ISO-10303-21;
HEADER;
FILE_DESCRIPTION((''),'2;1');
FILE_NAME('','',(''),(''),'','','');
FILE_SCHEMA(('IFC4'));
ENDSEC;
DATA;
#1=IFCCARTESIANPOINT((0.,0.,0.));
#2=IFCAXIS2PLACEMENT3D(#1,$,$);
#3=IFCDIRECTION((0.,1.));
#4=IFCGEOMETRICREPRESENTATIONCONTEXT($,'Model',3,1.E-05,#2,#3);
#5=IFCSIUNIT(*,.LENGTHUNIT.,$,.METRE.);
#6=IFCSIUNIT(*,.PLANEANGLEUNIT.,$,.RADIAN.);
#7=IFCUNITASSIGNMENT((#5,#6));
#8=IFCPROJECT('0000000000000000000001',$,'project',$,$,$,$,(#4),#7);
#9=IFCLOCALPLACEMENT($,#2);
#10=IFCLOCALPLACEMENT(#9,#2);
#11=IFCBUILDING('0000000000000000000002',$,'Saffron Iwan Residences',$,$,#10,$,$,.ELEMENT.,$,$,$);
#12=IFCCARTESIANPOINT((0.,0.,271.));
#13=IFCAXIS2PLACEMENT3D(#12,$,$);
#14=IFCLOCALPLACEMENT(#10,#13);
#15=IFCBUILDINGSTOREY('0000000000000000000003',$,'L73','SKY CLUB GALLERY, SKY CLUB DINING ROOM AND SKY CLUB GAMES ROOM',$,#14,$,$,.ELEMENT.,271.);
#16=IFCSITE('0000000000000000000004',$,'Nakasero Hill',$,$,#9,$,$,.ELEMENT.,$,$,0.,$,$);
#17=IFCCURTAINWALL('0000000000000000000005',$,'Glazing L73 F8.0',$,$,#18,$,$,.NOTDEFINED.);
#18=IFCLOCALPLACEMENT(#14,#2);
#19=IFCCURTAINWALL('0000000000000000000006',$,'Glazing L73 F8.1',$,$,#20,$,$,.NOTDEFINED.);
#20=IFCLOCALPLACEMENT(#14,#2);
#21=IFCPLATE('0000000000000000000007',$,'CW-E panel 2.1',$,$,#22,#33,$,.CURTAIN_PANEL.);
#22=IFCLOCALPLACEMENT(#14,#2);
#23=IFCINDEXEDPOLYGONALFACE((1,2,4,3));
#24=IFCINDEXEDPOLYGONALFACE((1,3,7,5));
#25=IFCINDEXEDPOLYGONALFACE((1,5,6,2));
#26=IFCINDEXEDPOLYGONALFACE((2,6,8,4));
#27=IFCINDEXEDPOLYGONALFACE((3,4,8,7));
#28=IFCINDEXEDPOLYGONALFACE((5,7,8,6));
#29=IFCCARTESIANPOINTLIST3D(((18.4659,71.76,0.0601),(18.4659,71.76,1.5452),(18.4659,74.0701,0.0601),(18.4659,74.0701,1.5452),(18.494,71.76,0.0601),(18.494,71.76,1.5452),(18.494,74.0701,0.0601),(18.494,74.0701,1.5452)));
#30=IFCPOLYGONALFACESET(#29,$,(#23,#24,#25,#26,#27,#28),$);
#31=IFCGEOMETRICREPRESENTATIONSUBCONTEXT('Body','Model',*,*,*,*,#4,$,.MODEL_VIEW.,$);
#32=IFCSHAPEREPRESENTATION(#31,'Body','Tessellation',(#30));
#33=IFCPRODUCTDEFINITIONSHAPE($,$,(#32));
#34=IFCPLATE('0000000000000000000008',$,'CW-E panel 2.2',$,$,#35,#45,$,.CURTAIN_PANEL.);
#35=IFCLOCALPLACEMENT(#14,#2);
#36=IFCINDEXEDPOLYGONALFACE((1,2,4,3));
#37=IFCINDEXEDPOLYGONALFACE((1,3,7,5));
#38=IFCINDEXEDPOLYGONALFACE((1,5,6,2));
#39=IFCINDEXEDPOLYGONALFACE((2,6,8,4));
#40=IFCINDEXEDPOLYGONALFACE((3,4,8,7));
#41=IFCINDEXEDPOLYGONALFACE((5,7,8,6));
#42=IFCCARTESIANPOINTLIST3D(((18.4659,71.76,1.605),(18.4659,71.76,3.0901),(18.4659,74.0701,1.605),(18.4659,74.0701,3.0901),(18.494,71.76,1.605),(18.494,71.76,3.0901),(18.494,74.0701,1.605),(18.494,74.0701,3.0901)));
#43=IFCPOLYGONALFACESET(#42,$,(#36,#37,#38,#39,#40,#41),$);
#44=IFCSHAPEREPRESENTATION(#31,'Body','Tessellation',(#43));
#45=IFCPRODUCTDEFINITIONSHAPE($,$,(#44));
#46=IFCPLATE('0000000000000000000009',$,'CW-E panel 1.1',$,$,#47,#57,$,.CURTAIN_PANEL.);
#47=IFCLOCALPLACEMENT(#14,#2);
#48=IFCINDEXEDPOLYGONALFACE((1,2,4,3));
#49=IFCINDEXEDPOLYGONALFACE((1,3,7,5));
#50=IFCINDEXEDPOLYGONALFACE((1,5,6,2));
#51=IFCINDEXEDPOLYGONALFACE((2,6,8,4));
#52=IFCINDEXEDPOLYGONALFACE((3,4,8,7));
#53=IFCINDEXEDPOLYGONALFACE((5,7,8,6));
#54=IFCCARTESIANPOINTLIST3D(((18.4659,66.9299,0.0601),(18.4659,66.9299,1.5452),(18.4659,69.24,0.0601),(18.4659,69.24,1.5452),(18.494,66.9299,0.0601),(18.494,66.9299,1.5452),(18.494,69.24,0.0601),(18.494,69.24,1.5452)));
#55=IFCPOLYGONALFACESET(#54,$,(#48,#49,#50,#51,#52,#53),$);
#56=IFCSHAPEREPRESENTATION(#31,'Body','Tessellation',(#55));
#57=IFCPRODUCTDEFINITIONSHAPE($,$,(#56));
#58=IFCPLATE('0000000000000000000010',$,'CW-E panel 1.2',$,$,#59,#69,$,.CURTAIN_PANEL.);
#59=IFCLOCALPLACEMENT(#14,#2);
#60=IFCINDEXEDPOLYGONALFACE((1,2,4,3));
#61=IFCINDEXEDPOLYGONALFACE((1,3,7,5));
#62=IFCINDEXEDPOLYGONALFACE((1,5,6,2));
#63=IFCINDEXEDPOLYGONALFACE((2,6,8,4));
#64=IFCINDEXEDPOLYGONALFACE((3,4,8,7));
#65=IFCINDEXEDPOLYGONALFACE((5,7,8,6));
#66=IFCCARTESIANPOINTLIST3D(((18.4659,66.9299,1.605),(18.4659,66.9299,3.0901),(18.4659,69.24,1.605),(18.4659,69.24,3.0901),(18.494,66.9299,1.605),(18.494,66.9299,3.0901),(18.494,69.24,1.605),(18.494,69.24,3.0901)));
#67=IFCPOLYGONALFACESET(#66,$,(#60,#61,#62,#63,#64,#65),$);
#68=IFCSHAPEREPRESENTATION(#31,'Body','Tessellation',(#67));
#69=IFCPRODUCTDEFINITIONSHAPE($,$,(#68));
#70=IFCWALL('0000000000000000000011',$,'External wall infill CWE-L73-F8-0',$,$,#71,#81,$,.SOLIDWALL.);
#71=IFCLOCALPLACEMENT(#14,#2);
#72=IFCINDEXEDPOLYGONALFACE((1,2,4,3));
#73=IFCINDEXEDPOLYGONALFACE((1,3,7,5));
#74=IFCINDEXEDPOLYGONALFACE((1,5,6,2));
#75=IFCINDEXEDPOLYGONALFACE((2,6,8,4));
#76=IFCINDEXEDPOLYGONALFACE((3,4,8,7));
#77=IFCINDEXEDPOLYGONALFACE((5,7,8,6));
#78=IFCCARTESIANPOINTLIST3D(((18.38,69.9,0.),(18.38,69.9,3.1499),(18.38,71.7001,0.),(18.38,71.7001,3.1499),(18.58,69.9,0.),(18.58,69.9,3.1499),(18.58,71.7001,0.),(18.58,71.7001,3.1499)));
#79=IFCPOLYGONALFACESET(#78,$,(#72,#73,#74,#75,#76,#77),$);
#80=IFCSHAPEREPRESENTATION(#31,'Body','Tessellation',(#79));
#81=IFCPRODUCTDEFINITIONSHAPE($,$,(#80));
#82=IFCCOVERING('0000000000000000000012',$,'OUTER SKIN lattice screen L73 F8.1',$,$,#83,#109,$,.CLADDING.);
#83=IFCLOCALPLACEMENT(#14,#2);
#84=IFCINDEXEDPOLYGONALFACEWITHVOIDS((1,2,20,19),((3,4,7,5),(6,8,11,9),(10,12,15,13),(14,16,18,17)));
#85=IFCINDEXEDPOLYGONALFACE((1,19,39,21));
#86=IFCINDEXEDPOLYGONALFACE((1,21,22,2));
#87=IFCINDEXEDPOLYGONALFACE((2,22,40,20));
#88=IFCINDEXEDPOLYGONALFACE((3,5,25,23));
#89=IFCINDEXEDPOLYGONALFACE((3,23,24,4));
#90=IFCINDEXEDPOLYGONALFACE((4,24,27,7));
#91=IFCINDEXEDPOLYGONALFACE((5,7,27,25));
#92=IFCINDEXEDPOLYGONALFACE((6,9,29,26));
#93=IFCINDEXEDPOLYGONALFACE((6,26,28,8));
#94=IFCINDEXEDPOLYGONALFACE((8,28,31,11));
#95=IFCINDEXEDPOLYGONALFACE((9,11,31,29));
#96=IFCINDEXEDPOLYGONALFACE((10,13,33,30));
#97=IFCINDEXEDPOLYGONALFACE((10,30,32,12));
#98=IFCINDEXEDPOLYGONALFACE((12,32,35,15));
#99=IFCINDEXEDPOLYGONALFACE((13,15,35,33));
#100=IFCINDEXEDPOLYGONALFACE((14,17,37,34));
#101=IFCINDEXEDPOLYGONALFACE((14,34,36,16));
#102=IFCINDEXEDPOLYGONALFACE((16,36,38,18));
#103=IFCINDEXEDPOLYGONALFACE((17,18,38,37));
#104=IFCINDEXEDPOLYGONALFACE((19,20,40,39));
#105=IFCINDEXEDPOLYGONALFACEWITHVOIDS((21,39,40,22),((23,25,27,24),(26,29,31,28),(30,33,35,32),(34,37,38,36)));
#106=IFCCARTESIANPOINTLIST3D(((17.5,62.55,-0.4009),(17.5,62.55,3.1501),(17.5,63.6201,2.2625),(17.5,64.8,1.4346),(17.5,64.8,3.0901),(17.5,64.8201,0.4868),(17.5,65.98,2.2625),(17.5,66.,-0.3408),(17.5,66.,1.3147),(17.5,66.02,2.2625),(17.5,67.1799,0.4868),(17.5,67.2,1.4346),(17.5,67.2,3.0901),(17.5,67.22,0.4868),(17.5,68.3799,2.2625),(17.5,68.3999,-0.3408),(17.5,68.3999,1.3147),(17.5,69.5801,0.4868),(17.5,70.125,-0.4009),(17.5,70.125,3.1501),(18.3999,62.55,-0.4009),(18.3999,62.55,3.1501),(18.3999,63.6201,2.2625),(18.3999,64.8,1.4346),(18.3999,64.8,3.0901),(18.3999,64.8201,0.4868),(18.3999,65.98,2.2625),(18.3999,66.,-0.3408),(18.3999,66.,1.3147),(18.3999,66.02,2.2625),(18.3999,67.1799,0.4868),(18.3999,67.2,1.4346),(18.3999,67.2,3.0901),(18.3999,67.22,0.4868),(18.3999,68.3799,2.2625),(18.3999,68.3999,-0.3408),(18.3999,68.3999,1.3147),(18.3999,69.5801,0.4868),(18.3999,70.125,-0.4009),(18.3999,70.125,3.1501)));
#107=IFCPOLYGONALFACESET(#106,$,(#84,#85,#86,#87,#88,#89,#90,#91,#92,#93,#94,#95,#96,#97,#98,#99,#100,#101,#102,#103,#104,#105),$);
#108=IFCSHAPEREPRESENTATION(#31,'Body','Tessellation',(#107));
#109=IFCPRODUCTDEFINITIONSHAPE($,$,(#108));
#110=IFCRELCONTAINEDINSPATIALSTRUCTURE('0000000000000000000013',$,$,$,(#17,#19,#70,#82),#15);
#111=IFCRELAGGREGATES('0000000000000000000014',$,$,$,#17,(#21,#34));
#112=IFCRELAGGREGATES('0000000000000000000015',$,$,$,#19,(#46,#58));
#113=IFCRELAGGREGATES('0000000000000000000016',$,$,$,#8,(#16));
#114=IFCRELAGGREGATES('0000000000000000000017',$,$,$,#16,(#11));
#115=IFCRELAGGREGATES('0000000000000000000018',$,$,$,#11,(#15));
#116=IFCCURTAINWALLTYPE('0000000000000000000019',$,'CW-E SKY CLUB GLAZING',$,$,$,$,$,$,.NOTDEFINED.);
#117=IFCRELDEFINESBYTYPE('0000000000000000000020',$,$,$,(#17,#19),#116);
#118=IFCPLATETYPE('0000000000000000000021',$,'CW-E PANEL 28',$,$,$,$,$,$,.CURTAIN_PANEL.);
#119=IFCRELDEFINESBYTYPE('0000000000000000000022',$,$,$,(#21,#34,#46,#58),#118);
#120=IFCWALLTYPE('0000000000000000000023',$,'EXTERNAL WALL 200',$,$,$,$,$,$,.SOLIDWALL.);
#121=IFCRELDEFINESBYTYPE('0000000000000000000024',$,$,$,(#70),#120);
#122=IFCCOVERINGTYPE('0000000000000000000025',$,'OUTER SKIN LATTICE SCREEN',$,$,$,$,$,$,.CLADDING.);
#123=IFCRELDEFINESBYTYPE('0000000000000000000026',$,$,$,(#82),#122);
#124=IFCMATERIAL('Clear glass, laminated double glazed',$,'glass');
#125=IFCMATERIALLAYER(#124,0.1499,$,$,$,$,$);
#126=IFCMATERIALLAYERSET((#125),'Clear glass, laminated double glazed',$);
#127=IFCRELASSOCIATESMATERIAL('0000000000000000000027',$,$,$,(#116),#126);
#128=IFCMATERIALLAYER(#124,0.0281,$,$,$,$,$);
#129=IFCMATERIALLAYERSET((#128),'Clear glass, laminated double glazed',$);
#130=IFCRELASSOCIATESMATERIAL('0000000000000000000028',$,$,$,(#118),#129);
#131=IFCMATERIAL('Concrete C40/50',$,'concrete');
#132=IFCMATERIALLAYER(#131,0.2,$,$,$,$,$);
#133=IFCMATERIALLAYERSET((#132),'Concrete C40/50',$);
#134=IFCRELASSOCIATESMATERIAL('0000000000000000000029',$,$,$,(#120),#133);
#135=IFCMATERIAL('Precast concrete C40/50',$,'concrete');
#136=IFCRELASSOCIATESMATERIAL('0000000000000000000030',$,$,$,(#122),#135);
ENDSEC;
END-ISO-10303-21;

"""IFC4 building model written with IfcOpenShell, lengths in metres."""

from ifc_helpers import new_model, si_unit, direction, frame, frame_2d, origin, origin_2d, place, context, subcontext, project, spatial, polyline, rectangle, outline, extrude, source, transform, mapped, material, layer, layer_set, type_object, element, aggregate, save


model = new_model("IFC4")

# Units and contexts
model_context = context("Model", 3, precision=1e-05, world=origin(), true_north=direction((0.0, 1.0)))
body_context = subcontext(model_context, "Body", "Model", "MODEL_VIEW")
ifc_project = project(units=[si_unit("LENGTHUNIT", "METRE"), si_unit("PLANEANGLEUNIT", "RADIAN")], contexts=[model_context])

# Site, building, storey
site_placement = place(None, origin())
site = spatial("IfcSite", under=ifc_project, at=site_placement, Name="Nakasero Hill", CompositionType="ELEMENT", RefElevation=0.0)
building_placement = place(site_placement, origin())
building = spatial("IfcBuilding", under=site, at=building_placement, Name="Saffron Iwan Residences", CompositionType="ELEMENT")
storey_placement = place(building_placement, frame((0.0, 0.0, 271.0)))
storey = spatial("IfcBuildingStorey", under=building, at=storey_placement, Name="L73", Description="SKY CLUB GALLERY, SKY CLUB DINING ROOM AND SKY CLUB GAMES ROOM", CompositionType="ELEMENT", Elevation=271.0)

# Shared definitions
ifc_material_1 = material(Name="Concrete C40/50", Category="concrete")

# Curtain walls
ifc_material_2 = material(Name="Clear glass, laminated double glazed", Category="glass")
ifc_layer_1 = layer(ifc_material_2, 0.1499)
ifc_layer_set_1 = layer_set([ifc_layer_1], Name="Clear glass, laminated double glazed")
curtain_wall_type = type_object("IfcCurtainWallType", Name="CW-E SKY CLUB GLAZING", PredefinedType="NOTDEFINED", material=ifc_layer_set_1)
curtain_wall_1_placement = place(storey_placement, origin())
curtain_wall_1 = element("IfcCurtainWall", 1, at=curtain_wall_1_placement, inside=storey, type_object=curtain_wall_type, Name="Glazing L73 F8.0", PredefinedType="NOTDEFINED")
curtain_wall_2_placement = place(storey_placement, origin())
curtain_wall_2 = element("IfcCurtainWall", 2, at=curtain_wall_2_placement, inside=storey, type_object=curtain_wall_type, Name="Glazing L73 F8.1", PredefinedType="NOTDEFINED")

# Plates
ifc_layer_2 = layer(ifc_material_2, 0.0281)
ifc_layer_set_2 = layer_set([ifc_layer_2], Name="Clear glass, laminated double glazed")
plate_type = type_object("IfcPlateType", Name="CW-E PANEL 28", PredefinedType="CURTAIN_PANEL", material=ifc_layer_set_2)
shared_shape_1 = source(origin(), body_context, "Body", "SweptSolid", [
    extrude(rectangle(XDim=2.3101, YDim=0.0281, at=origin_2d()), origin(), (0.0, 0.0, 1.0), 1.4851),
])
plate_1_placement = place(storey_placement, frame((18.48, 72.915, 0.0601), z_axis=(0.0, 0.0, 1.0), x_axis=(0.0, -1.0, 0.0)))
plate_1 = element("IfcPlate", 3, at=plate_1_placement, type_object=plate_type, Name="CW-E panel 2.1", PredefinedType="CURTAIN_PANEL", context=body_context, shape_type="MappedRepresentation", body=[
    mapped(shared_shape_1, transform((0.0, 0.0, 0.0))),
])
plate_2_placement = place(storey_placement, frame((18.48, 72.915, 1.605), z_axis=(0.0, 0.0, 1.0), x_axis=(0.0, -1.0, 0.0)))
plate_2 = element("IfcPlate", 4, at=plate_2_placement, type_object=plate_type, Name="CW-E panel 2.2", PredefinedType="CURTAIN_PANEL", context=body_context, shape_type="MappedRepresentation", body=[
    mapped(shared_shape_1, transform((0.0, 0.0, 0.0))),
])
aggregate(curtain_wall_1, [plate_1, plate_2])
plate_3_placement = place(storey_placement, frame((18.48, 68.085, 0.0601), z_axis=(0.0, 0.0, 1.0), x_axis=(0.0, -1.0, 0.0)))
plate_3 = element("IfcPlate", 5, at=plate_3_placement, type_object=plate_type, Name="CW-E panel 1.1", PredefinedType="CURTAIN_PANEL", context=body_context, shape_type="MappedRepresentation", body=[
    mapped(shared_shape_1, transform((0.0, 0.0, 0.0))),
])
plate_4_placement = place(storey_placement, frame((18.48, 68.085, 1.605), z_axis=(0.0, 0.0, 1.0), x_axis=(0.0, -1.0, 0.0)))
plate_4 = element("IfcPlate", 6, at=plate_4_placement, type_object=plate_type, Name="CW-E panel 1.2", PredefinedType="CURTAIN_PANEL", context=body_context, shape_type="MappedRepresentation", body=[
    mapped(shared_shape_1, transform((0.0, 0.0, 0.0))),
])
aggregate(curtain_wall_2, [plate_3, plate_4])

# Wall
ifc_layer_3 = layer(ifc_material_1, 0.2)
ifc_layer_set_3 = layer_set([ifc_layer_3], Name="Concrete C40/50")
wall_type = type_object("IfcWallType", Name="EXTERNAL WALL 200", PredefinedType="SOLIDWALL", material=ifc_layer_set_3)
wall_placement = place(storey_placement, frame((18.48, 71.7, 0.0), z_axis=(0.0, 0.0, 1.0), x_axis=(0.0, -1.0, 0.0)))
element("IfcWall", 7, at=wall_placement, inside=storey, type_object=wall_type, Name="External wall infill CWE-L73-F8-0", PredefinedType="SOLIDWALL", context=body_context, shape_type="SweptSolid", body=[
    extrude(rectangle(XDim=1.8, YDim=0.2, at=frame_2d((0.8999, 0.0))), origin(), (0.0, 0.0, 1.0), 3.1499),
])

# Covering
ifc_material_3 = material(Name="Precast concrete C40/50", Category="concrete")
covering_type = type_object("IfcCoveringType", Name="OUTER SKIN LATTICE SCREEN", PredefinedType="CLADDING", material=ifc_material_3)
covering_placement = place(storey_placement, frame((18.3999, 70.125, -0.4009), z_axis=(-1.0, 0.0, 0.0), x_axis=(0.0, -1.0, 0.0)))
element("IfcCovering", 8, at=covering_placement, inside=storey, type_object=covering_type, Name="OUTER SKIN lattice screen L73 F8.1", PredefinedType="CLADDING", context=body_context, shape_type="SweptSolid", body=[
    extrude(outline(polyline([(0.0, 0.0), (7.575, 0.0), (7.575, 3.551), (0.0, 3.551), (0.0, 0.0)]), holes=[polyline([(0.5449, 0.8877), (1.7251, 0.0601), (2.905, 0.8877), (1.7251, 1.7156), (0.5449, 0.8877)]), polyline([(2.9451, 0.8877), (4.125, 0.0601), (5.3049, 0.8877), (4.125, 1.7156), (2.9451, 0.8877)]), polyline([(1.7451, 2.6633), (2.925, 1.8354), (4.105, 2.6633), (2.925, 3.491), (1.7451, 2.6633)]), polyline([(4.145, 2.6633), (5.325, 1.8354), (6.5049, 2.6633), (5.325, 3.491), (4.145, 2.6633)])]), origin(), (0.0, 0.0, 1.0), 0.8999),
])

save(model, "model.ifc")
